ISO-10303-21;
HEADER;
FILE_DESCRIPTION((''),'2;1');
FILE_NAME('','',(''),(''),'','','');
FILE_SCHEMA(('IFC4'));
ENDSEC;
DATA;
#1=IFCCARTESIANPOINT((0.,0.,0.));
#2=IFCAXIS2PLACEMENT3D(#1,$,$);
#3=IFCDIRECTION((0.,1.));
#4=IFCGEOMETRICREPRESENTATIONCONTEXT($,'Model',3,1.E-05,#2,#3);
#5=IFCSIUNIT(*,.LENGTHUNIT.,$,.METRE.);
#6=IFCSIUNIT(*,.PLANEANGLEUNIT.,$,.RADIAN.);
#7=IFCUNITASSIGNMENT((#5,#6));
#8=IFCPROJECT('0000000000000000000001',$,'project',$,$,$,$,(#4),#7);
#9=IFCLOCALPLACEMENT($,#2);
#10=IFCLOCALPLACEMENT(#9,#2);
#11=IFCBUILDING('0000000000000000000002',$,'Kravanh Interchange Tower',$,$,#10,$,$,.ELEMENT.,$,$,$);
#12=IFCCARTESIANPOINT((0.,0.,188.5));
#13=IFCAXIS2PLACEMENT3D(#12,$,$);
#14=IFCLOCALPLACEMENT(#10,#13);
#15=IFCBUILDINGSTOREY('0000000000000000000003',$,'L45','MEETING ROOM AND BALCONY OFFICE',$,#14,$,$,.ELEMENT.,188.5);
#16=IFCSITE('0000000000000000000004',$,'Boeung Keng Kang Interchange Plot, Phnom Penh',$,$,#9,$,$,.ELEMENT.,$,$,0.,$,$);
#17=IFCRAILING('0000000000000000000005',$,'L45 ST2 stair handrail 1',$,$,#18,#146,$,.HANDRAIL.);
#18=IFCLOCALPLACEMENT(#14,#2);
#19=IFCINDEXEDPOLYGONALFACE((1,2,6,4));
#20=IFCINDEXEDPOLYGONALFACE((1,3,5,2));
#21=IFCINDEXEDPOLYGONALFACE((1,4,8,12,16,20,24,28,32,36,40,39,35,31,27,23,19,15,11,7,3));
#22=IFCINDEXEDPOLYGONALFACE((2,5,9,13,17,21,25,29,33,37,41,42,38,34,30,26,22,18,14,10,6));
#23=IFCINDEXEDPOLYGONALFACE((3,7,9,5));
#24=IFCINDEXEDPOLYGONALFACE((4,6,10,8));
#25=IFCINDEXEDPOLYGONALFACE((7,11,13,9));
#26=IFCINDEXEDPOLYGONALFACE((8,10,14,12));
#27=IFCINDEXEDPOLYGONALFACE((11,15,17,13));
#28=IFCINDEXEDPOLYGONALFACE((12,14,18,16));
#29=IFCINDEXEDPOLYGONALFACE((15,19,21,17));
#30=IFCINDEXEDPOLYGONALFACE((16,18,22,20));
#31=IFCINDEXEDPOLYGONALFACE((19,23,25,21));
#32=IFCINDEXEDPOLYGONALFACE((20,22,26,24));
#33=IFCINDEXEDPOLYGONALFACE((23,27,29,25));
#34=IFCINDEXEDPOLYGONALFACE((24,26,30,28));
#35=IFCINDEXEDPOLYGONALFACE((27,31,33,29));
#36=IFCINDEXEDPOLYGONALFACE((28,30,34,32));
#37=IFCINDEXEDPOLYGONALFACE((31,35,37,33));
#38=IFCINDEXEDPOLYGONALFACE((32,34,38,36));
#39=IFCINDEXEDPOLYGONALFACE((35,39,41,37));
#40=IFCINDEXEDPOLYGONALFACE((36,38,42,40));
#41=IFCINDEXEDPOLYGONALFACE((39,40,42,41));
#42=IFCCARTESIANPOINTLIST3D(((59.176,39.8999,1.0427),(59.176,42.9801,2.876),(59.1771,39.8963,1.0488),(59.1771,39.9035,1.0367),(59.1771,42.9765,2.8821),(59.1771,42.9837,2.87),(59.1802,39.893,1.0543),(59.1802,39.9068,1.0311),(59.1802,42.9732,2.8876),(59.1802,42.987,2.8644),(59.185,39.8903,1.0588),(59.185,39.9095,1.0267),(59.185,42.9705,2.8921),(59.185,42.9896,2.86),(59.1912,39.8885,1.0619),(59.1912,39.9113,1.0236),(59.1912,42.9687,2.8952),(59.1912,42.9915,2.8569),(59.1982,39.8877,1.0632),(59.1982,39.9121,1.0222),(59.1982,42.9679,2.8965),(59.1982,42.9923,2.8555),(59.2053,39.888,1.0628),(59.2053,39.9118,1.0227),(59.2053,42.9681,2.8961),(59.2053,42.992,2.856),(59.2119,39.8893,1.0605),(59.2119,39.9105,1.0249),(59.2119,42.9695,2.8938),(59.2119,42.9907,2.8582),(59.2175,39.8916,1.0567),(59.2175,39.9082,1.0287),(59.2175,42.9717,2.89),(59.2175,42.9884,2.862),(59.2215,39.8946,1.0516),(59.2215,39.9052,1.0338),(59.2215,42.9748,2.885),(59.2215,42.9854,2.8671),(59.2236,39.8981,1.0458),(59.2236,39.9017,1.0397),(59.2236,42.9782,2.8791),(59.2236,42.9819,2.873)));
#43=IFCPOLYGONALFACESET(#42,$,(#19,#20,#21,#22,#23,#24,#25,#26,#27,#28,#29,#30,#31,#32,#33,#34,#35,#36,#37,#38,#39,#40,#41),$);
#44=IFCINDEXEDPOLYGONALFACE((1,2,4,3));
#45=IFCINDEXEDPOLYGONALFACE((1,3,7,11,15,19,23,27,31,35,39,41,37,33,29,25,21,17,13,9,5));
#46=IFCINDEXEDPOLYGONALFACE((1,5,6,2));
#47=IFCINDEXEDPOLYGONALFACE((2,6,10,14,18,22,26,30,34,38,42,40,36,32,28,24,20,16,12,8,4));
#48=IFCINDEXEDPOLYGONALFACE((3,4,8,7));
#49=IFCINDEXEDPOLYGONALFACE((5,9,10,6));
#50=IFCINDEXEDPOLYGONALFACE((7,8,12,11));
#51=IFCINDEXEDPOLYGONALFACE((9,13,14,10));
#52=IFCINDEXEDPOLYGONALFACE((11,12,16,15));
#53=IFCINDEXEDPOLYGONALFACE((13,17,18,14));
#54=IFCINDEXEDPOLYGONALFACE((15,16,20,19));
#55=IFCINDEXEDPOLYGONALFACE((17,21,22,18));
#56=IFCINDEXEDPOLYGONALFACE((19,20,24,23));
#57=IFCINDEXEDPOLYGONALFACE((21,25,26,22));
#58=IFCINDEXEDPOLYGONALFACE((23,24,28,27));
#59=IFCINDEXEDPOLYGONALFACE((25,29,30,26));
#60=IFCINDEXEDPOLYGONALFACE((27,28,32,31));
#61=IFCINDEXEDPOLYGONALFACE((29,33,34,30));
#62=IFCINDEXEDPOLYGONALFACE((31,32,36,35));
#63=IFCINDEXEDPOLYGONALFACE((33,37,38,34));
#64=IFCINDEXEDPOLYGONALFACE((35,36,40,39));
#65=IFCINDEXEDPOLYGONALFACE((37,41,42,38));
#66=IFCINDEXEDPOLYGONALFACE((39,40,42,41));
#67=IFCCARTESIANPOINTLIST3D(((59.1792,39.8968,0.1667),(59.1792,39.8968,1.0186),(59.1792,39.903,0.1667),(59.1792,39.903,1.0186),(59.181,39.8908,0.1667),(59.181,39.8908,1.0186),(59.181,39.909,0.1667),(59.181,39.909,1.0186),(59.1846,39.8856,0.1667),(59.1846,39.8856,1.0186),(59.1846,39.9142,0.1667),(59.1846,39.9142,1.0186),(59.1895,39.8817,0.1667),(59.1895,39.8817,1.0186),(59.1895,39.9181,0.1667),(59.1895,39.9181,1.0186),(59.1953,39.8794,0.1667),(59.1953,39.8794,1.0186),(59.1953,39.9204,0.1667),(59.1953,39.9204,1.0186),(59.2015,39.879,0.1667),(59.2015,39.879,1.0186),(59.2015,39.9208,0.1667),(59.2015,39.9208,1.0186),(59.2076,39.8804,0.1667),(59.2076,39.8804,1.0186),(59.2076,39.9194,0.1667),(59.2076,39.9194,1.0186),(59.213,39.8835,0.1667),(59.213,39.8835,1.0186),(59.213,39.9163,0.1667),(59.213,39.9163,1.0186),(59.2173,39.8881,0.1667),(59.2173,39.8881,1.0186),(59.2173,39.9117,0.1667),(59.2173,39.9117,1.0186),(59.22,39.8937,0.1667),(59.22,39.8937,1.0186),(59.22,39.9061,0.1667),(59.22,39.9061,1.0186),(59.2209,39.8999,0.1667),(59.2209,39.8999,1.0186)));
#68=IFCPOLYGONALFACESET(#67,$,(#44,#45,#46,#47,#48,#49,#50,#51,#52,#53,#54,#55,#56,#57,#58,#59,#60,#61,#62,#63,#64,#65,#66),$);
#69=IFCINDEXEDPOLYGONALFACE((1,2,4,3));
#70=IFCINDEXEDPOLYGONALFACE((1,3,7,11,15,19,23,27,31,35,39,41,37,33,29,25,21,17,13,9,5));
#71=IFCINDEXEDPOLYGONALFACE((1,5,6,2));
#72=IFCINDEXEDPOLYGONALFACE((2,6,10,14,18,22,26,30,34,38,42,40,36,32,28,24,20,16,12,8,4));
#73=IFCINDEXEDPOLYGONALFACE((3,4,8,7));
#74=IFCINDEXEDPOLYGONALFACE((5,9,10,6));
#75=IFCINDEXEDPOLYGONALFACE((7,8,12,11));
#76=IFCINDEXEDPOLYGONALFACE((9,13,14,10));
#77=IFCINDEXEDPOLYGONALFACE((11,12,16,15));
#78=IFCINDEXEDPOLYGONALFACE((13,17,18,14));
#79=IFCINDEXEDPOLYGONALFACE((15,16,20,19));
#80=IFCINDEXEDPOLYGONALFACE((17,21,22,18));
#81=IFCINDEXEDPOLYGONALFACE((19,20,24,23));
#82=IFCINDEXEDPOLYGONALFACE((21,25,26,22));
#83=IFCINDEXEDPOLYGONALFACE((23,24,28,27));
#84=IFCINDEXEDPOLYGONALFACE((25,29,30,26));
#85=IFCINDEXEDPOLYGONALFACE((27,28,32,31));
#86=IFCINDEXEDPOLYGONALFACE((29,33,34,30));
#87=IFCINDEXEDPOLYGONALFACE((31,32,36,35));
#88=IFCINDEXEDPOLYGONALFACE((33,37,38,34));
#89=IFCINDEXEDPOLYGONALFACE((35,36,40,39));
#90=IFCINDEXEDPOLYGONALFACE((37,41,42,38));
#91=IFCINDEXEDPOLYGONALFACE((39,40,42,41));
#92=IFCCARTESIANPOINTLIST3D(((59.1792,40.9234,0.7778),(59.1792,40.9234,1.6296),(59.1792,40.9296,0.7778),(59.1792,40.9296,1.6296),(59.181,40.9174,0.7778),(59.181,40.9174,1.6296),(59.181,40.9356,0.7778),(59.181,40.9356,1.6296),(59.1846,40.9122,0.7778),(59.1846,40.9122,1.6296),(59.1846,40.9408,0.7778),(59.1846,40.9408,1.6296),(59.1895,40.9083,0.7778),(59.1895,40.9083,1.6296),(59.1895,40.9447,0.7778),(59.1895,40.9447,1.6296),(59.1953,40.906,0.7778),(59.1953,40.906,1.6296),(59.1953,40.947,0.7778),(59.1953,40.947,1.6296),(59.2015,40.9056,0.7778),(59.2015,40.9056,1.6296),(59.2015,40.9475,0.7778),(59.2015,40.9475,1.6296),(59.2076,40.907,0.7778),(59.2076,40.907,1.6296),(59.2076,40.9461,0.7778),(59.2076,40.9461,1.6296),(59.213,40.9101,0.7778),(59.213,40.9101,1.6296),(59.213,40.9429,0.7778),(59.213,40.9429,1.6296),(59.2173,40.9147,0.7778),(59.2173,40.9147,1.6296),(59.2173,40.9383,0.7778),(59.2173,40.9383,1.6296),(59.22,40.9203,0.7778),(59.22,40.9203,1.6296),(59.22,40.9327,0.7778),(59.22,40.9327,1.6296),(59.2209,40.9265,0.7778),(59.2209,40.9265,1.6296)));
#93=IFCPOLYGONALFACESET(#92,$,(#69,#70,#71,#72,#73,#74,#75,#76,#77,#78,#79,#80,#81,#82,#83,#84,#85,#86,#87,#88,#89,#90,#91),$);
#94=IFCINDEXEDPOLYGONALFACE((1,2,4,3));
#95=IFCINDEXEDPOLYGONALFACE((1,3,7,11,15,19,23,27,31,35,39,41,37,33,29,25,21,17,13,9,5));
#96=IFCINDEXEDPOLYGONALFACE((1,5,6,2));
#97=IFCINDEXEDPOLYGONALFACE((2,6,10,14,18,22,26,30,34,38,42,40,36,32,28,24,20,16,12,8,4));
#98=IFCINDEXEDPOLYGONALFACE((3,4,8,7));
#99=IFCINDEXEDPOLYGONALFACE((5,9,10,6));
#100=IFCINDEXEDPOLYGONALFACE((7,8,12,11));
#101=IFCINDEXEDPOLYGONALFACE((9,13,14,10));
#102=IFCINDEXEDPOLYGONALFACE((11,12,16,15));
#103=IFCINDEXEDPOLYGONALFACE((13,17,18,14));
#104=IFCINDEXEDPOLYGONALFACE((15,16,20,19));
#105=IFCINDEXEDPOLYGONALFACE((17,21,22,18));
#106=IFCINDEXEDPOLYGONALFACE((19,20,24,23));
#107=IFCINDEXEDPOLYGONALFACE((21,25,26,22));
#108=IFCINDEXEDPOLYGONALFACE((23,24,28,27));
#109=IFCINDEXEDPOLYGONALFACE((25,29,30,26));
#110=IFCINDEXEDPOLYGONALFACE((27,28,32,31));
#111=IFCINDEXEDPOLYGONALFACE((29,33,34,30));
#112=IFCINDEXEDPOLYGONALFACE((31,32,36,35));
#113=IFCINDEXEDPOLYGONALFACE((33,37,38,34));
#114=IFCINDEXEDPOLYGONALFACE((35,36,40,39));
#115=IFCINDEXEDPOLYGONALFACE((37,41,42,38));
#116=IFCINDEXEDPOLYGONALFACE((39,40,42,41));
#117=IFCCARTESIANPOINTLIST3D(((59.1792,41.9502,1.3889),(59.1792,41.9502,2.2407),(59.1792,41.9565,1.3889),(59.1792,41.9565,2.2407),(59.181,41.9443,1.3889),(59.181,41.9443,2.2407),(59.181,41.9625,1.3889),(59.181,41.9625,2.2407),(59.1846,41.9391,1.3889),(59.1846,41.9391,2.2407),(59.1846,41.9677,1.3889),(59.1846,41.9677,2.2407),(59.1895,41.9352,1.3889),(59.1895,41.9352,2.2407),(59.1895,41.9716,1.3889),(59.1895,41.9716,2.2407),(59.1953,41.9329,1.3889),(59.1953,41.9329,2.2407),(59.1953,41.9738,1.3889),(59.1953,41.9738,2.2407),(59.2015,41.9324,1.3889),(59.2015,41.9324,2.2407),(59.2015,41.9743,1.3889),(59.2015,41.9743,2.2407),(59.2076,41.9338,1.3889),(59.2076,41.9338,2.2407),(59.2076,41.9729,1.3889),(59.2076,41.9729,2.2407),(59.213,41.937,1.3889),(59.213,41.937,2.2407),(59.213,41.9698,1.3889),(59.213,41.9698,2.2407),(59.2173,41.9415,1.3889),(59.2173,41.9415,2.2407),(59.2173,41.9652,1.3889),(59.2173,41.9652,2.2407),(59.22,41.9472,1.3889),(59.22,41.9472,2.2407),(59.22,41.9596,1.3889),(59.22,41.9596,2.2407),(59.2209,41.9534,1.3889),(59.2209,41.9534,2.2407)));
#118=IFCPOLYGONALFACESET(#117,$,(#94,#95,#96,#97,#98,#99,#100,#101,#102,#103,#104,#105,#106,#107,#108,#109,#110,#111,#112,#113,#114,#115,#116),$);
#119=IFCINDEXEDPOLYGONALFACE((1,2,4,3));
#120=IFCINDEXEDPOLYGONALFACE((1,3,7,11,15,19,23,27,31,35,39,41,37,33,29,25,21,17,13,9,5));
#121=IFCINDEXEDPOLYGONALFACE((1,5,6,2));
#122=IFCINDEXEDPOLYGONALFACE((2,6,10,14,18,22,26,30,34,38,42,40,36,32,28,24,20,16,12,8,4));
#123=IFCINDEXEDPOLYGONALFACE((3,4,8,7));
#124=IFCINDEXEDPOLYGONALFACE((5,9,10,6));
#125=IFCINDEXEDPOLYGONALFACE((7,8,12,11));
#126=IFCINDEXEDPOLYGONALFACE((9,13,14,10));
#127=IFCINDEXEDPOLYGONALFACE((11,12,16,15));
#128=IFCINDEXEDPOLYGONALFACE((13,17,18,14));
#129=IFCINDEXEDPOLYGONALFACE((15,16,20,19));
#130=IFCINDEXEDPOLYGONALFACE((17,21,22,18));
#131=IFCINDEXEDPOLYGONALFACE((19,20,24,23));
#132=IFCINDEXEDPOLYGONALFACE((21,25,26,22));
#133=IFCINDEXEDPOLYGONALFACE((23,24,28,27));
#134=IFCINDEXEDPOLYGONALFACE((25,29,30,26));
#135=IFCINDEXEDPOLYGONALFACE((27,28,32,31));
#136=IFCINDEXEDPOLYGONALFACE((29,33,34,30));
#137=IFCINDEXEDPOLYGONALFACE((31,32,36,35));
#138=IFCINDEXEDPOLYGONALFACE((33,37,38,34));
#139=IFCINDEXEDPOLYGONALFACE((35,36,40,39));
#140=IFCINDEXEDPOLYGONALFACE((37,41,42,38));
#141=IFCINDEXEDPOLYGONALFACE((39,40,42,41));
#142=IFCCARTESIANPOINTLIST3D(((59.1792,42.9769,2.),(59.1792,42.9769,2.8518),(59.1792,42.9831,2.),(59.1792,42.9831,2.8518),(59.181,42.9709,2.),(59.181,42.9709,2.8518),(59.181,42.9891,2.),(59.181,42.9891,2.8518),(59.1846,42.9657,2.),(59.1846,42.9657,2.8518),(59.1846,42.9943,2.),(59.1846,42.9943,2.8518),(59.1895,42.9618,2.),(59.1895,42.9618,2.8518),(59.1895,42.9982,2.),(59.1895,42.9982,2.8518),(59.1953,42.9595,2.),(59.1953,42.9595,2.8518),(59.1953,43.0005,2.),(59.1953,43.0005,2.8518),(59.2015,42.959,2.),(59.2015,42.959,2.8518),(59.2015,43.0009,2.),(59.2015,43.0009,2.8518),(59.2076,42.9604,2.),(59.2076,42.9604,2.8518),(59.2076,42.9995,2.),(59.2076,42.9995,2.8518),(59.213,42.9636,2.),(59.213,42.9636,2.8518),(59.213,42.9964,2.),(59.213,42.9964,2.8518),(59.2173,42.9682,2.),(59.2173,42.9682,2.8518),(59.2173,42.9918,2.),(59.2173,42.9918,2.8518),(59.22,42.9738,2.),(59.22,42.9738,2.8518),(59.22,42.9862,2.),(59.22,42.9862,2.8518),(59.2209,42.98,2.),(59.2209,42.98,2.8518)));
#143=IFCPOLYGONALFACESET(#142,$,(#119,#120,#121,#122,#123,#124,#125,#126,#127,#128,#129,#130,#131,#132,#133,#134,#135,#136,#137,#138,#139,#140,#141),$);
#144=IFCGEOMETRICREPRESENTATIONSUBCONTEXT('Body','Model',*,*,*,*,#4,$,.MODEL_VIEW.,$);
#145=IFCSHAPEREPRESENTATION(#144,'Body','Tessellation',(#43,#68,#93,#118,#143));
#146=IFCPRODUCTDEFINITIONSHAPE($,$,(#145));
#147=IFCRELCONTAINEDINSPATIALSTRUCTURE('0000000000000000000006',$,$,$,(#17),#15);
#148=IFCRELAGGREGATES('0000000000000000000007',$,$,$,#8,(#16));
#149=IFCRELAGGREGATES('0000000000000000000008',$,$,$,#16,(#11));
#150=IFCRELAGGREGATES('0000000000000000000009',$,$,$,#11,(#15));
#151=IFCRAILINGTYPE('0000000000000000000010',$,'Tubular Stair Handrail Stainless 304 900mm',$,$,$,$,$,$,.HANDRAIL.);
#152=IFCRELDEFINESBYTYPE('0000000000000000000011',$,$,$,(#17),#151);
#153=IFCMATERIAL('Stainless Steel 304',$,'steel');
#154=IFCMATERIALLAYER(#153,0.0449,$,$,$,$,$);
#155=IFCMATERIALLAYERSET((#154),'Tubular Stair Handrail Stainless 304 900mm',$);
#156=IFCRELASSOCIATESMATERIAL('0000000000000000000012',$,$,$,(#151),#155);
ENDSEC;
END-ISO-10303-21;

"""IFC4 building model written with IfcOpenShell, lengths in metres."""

from ifc_helpers import new_model, si_unit, direction, frame, origin, origin_2d, place, context, subcontext, project, spatial, circle, extrude, material, layer, layer_set, type_object, element, save


model = new_model("IFC4")

# Units and contexts
model_context = context("Model", 3, precision=1e-05, world=origin(), true_north=direction((0.0, 1.0)))
body_context = subcontext(model_context, "Body", "Model", "MODEL_VIEW")
ifc_project = project(units=[si_unit("LENGTHUNIT", "METRE"), si_unit("PLANEANGLEUNIT", "RADIAN")], contexts=[model_context])

# Site, building, storey
site_placement = place(None, origin())
site = spatial("IfcSite", under=ifc_project, at=site_placement, Name="Boeung Keng Kang Interchange Plot, Phnom Penh", CompositionType="ELEMENT", RefElevation=0.0)
building_placement = place(site_placement, origin())
building = spatial("IfcBuilding", under=site, at=building_placement, Name="Kravanh Interchange Tower", CompositionType="ELEMENT")
storey_placement = place(building_placement, frame((0.0, 0.0, 188.5)))
storey = spatial("IfcBuildingStorey", under=building, at=storey_placement, Name="L45", Description="MEETING ROOM AND BALCONY OFFICE", CompositionType="ELEMENT", Elevation=188.5)

# Railing
ifc_material_1 = material(Name="Stainless Steel 304", Category="steel")
ifc_layer_1 = layer(ifc_material_1, 0.0449)
ifc_layer_set_1 = layer_set([ifc_layer_1], Name="Tubular Stair Handrail Stainless 304 900mm")
railing_type_1 = type_object("IfcRailingType", Name="Tubular Stair Handrail Stainless 304 900mm", PredefinedType="HANDRAIL", material=ifc_layer_set_1)
railing_1_placement = place(storey_placement, frame((59.2, 39.8999, 0.1667)))
element("IfcRailing", 1, at=railing_1_placement, inside=storey, type_object=railing_type_1, Name="L45 ST2 stair handrail 1", PredefinedType="HANDRAIL", context=body_context, shape_type="SweptSolid", body=[
    extrude(circle(Radius=0.0239, at=origin_2d()), frame((0.0, 0.0, 0.876), z_axis=(0.0, 0.859309, 0.511458), x_axis=(-1.0, 0.0, 0.0)), (0.0, 0.0, 1.0), 3.5845),
    extrude(circle(Radius=0.021, at=origin_2d()), origin(), (0.0, 0.0, 1.0), 0.8518),
    extrude(circle(Radius=0.021, at=origin_2d()), frame((0.0, 1.0266, 0.6111)), (0.0, 0.0, 1.0), 0.8518),
    extrude(circle(Radius=0.021, at=origin_2d()), frame((0.0, 2.0535, 1.2222)), (0.0, 0.0, 1.0), 0.8518),
    extrude(circle(Radius=0.021, at=origin_2d()), frame((0.0, 3.0801, 1.8333)), (0.0, 0.0, 1.0), 0.8518),
])

save(model, "model.ifc")
